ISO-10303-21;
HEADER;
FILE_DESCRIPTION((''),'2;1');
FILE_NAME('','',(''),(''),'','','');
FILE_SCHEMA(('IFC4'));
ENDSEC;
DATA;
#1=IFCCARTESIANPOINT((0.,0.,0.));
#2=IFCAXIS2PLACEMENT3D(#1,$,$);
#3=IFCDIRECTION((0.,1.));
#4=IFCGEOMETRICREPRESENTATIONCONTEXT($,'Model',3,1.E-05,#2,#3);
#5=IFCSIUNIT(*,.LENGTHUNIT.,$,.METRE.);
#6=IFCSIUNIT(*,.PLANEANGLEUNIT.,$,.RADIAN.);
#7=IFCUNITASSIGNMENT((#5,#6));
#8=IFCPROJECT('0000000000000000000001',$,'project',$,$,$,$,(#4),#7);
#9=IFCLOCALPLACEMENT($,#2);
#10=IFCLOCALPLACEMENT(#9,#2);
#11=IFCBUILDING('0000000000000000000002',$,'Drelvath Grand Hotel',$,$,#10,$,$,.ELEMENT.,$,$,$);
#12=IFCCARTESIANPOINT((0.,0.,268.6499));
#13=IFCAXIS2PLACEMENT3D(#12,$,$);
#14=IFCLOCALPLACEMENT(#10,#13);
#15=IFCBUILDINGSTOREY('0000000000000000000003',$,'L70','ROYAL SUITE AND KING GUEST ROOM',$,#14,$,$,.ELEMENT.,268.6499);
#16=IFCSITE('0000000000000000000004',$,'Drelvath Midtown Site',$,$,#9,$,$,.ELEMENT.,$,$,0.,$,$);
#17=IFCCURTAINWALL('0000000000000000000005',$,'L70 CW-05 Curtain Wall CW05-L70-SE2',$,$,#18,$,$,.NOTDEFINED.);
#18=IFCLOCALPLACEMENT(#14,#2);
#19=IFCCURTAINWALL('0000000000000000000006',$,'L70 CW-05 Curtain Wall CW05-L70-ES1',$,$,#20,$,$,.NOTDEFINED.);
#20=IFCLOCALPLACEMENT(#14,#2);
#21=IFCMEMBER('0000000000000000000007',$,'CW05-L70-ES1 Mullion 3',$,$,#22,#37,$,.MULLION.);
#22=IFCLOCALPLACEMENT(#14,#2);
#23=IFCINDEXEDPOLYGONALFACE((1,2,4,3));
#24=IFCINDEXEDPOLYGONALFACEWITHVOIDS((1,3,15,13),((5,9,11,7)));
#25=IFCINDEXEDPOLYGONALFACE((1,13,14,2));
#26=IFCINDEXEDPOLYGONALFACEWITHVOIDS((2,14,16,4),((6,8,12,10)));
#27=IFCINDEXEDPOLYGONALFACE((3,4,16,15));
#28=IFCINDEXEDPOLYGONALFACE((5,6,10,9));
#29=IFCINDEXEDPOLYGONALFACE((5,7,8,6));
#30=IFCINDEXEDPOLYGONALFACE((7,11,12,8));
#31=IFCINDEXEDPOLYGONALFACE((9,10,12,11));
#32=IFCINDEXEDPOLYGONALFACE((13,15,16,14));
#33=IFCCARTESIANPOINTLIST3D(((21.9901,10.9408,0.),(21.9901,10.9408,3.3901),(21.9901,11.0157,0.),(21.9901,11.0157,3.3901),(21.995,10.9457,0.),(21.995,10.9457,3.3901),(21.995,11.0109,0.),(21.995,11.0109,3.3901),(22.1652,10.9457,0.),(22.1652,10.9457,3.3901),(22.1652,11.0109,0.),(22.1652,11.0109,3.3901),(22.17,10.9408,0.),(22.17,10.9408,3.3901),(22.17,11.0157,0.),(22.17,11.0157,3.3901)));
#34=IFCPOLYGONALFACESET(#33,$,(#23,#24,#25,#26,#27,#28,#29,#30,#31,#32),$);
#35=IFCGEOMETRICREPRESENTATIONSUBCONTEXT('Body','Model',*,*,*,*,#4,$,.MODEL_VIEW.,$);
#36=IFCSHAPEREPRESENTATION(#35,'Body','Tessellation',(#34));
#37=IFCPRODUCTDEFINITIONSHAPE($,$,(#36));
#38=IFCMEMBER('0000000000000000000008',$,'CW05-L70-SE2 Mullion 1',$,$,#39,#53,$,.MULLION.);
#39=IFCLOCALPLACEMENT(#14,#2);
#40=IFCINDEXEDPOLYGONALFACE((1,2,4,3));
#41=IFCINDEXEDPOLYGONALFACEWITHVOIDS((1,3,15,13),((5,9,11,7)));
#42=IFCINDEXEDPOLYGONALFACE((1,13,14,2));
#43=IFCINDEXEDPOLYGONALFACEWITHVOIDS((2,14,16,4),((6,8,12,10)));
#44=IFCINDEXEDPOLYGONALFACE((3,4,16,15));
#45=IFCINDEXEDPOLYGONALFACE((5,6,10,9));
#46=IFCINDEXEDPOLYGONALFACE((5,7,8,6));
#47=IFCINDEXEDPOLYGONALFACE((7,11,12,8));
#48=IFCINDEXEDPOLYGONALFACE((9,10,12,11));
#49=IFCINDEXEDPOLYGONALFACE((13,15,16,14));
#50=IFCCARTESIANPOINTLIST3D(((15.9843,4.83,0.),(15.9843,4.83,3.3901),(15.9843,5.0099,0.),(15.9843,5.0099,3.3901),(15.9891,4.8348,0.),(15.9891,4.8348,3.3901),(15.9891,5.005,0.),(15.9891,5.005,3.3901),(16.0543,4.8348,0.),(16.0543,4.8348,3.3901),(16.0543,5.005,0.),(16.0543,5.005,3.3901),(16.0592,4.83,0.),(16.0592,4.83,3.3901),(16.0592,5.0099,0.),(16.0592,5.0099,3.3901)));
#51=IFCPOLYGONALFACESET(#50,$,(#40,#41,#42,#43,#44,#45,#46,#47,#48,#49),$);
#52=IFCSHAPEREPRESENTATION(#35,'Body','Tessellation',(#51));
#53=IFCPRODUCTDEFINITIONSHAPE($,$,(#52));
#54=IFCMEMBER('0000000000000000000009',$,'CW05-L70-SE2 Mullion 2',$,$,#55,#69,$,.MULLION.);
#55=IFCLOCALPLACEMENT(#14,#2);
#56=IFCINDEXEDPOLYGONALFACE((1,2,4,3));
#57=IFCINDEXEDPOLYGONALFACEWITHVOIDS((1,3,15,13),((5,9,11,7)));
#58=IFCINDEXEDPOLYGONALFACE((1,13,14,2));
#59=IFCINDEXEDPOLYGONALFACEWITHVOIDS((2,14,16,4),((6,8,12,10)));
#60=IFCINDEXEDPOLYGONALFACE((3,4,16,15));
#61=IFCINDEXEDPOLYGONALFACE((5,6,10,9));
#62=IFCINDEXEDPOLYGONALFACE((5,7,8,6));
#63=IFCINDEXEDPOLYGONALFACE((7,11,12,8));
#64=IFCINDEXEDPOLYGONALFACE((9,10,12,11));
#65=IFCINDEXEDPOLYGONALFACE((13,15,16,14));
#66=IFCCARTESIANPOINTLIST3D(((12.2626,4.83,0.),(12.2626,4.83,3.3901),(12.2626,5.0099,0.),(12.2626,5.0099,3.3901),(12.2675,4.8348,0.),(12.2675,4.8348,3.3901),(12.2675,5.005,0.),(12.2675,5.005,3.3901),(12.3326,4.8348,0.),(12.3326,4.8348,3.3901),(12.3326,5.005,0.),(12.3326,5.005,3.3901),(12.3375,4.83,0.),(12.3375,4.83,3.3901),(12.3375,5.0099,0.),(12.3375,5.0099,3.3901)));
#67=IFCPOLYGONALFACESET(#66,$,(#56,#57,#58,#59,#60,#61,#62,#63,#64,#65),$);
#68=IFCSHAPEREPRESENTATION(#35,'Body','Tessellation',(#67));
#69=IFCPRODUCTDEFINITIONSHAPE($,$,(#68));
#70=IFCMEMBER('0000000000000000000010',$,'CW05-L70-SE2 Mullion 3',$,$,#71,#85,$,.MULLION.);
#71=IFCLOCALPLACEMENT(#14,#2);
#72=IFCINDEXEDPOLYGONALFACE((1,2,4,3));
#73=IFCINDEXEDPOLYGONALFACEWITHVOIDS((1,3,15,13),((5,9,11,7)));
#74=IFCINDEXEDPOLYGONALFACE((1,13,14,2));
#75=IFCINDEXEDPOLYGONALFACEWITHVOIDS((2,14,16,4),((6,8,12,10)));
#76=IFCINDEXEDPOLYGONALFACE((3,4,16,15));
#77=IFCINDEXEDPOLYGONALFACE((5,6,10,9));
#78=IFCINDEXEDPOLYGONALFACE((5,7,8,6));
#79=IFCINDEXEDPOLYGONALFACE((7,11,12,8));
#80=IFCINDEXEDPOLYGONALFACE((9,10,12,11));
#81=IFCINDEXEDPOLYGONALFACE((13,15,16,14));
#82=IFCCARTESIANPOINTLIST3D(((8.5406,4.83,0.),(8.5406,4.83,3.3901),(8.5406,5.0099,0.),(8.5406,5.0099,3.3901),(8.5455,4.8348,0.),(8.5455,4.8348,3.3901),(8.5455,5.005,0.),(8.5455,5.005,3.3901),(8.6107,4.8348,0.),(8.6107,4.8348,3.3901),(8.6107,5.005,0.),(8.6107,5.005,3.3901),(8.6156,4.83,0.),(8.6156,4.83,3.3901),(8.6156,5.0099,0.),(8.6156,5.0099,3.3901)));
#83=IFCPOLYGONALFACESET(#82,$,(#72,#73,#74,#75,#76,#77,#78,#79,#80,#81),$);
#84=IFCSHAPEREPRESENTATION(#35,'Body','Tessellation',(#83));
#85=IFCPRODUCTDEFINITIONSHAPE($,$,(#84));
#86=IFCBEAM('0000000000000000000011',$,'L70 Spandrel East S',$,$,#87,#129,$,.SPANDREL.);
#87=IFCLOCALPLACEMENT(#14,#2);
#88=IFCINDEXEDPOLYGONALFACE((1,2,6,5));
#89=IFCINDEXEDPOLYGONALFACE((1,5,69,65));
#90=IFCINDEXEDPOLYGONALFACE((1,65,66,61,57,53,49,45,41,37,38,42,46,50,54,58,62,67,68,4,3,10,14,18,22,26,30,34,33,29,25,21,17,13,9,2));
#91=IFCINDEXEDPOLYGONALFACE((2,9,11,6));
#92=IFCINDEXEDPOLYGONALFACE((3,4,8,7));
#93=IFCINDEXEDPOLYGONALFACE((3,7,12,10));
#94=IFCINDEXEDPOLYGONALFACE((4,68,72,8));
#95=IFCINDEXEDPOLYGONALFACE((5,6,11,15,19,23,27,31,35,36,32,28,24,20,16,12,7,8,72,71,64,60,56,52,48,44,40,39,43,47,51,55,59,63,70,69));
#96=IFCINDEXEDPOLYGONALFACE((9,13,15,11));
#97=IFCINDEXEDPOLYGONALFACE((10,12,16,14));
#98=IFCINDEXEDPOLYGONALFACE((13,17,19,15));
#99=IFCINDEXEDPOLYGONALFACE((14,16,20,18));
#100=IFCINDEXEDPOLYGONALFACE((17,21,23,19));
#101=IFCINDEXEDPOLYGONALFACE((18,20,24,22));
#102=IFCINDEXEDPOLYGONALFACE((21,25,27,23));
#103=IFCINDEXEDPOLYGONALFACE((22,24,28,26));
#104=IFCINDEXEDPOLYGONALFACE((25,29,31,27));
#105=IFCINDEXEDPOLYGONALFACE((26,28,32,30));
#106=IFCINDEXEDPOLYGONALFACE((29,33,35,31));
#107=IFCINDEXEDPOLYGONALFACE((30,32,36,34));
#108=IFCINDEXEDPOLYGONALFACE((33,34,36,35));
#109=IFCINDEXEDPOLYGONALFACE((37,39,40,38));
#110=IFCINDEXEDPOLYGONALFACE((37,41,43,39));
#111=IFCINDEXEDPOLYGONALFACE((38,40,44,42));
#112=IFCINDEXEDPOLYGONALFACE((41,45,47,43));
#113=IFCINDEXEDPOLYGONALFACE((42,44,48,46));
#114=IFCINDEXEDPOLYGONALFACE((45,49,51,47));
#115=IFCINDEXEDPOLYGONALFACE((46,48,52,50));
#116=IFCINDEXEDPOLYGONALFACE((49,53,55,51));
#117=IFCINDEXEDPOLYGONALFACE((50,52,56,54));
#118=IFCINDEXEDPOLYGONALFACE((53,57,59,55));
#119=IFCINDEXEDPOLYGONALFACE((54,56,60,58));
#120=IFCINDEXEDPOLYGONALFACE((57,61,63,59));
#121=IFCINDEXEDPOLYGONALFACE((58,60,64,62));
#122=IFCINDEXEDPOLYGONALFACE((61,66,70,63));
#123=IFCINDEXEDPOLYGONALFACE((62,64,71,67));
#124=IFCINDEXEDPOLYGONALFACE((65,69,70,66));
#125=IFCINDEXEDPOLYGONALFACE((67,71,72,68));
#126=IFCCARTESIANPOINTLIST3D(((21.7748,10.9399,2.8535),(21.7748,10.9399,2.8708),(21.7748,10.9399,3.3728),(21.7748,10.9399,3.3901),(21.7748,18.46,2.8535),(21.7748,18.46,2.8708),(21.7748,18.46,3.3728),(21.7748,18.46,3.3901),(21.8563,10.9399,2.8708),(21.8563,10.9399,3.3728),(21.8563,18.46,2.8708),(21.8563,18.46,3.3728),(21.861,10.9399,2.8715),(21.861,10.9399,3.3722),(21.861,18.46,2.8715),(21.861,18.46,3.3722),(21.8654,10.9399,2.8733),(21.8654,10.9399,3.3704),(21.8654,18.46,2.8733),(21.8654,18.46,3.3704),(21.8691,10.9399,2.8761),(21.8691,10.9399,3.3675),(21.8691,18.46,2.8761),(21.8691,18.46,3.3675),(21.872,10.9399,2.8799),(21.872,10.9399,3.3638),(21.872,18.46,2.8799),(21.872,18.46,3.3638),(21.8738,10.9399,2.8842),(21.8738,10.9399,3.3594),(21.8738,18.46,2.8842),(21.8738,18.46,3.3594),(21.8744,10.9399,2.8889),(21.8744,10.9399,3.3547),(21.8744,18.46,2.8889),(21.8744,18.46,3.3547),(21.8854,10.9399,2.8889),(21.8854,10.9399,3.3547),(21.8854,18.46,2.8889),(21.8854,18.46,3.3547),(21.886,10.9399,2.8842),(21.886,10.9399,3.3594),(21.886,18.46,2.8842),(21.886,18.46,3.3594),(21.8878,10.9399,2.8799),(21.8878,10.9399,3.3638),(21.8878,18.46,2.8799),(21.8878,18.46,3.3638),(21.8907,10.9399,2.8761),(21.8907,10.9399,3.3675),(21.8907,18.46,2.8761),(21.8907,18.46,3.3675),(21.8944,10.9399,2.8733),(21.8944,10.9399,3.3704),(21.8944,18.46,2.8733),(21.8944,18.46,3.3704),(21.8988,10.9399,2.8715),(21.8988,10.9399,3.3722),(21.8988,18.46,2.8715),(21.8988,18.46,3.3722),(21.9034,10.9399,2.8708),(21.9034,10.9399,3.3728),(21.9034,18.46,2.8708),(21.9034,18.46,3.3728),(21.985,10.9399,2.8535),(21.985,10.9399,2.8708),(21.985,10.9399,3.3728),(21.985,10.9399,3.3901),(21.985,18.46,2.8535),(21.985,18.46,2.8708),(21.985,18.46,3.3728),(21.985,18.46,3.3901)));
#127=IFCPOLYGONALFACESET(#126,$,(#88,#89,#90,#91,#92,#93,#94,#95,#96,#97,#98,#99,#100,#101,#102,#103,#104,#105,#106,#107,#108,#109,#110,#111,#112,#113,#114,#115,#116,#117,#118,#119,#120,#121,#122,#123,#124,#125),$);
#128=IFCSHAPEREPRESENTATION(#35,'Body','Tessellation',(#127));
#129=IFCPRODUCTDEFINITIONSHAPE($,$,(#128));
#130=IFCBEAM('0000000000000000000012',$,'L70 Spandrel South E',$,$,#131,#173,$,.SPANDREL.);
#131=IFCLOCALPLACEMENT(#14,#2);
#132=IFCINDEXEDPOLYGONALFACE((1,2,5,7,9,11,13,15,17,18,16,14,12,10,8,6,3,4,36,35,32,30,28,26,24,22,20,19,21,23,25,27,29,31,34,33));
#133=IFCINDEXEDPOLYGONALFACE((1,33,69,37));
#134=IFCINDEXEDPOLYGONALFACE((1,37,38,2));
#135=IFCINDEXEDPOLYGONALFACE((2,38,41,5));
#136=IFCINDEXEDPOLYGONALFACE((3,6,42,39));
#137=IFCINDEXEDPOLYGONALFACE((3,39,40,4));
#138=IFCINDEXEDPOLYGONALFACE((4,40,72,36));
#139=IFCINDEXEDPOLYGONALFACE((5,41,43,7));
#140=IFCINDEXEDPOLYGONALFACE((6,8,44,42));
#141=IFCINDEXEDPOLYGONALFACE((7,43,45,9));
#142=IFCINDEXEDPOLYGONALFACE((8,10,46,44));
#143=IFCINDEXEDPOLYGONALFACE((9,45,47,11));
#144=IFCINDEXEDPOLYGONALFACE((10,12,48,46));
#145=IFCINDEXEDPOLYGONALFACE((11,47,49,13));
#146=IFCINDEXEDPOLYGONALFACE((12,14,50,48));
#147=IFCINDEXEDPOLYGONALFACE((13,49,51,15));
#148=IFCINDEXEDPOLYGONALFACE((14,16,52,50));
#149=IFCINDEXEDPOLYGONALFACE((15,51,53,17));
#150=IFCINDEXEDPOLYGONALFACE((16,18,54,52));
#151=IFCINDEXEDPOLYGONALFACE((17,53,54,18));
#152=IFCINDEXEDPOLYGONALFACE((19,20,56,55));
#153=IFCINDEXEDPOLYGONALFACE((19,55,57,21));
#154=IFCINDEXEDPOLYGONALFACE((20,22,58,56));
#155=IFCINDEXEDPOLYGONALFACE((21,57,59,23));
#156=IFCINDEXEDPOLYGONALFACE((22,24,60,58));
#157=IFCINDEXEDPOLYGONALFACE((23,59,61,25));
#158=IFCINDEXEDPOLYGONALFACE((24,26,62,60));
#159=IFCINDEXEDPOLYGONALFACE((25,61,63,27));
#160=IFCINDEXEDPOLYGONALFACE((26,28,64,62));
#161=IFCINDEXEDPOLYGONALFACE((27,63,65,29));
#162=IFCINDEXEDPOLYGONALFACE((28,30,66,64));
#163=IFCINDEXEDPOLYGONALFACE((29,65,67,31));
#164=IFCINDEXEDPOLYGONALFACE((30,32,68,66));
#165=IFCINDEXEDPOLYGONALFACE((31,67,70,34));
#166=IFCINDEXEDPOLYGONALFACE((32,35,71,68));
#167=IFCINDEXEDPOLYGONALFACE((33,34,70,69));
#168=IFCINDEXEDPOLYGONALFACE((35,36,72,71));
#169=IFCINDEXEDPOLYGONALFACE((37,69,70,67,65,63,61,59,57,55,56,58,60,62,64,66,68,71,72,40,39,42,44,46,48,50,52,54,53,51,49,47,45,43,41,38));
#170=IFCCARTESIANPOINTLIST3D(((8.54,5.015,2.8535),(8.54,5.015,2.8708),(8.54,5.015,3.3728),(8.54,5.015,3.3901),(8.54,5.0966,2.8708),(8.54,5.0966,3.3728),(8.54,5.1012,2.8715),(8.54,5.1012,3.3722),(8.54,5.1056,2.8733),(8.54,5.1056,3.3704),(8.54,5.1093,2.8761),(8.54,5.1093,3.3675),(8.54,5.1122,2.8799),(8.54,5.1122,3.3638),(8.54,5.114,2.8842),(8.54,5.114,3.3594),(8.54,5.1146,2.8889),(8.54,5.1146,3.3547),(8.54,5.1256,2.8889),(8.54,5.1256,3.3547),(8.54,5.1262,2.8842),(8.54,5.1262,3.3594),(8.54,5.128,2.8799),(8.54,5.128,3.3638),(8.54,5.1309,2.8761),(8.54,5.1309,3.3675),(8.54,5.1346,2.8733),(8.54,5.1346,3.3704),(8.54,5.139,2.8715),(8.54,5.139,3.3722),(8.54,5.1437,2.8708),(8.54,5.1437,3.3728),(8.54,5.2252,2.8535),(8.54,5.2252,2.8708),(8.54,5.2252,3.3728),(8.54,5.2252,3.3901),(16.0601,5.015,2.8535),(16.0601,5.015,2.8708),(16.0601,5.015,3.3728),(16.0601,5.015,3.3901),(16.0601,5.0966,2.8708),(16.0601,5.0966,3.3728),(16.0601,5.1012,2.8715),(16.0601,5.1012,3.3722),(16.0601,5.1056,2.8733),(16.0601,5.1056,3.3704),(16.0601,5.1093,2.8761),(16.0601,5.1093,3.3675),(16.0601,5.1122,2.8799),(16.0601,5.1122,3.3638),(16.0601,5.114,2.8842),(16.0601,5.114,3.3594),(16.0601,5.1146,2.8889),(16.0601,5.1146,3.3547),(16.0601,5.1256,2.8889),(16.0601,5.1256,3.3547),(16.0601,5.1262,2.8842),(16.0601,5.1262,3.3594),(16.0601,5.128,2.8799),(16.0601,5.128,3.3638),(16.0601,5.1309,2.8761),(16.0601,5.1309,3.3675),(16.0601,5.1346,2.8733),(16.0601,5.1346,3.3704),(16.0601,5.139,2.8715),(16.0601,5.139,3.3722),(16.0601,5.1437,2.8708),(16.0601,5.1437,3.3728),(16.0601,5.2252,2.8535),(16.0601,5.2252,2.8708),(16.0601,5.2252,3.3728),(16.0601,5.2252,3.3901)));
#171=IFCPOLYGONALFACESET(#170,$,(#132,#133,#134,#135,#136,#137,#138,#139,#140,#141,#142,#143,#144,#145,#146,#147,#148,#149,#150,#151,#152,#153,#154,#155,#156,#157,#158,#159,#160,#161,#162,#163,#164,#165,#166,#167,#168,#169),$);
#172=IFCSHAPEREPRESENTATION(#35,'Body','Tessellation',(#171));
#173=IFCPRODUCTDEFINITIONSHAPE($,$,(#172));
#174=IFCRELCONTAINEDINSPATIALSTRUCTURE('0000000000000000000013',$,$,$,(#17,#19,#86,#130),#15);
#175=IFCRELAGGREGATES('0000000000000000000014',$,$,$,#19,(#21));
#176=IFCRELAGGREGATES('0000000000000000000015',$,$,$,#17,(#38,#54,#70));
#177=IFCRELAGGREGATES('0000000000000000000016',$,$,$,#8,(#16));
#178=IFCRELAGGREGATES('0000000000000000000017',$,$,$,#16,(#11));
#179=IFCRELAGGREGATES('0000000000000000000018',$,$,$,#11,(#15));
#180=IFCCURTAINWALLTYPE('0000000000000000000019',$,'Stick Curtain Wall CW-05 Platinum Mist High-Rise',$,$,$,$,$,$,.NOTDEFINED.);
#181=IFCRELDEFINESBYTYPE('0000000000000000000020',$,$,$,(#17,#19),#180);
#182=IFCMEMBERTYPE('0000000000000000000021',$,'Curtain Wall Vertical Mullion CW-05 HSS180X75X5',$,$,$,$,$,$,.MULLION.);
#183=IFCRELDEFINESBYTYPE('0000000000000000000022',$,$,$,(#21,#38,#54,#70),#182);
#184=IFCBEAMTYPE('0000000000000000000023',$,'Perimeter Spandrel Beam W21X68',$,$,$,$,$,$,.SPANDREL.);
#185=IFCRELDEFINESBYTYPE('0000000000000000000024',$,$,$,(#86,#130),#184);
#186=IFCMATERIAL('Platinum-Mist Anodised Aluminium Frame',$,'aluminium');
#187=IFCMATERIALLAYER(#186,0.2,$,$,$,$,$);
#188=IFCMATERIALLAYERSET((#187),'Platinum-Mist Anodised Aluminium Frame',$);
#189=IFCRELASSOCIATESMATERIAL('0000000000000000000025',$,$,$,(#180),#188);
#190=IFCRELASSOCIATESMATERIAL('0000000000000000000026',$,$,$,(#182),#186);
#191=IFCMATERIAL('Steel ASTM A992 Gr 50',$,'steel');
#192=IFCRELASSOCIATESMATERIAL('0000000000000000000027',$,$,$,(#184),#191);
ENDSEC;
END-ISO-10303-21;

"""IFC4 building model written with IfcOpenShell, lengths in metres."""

from ifc_helpers import new_model, si_unit, direction, frame, origin, origin_2d, place, context, subcontext, project, spatial, hollow_rectangle, i_section, extrude, material, layer, layer_set, material_profile, profile_set, type_object, element, aggregate, save


model = new_model("IFC4")

# Units and contexts
model_context = context("Model", 3, precision=1e-05, world=origin(), true_north=direction((0.0, 1.0)))
body_context = subcontext(model_context, "Body", "Model", "MODEL_VIEW")
ifc_project = project(units=[si_unit("LENGTHUNIT", "METRE"), si_unit("PLANEANGLEUNIT", "RADIAN")], contexts=[model_context])

# Site, building, storey
site_placement = place(None, origin())
site = spatial("IfcSite", under=ifc_project, at=site_placement, Name="Drelvath Midtown Site", CompositionType="ELEMENT", RefElevation=0.0)
building_placement = place(site_placement, origin())
building = spatial("IfcBuilding", under=site, at=building_placement, Name="Drelvath Grand Hotel", CompositionType="ELEMENT")
storey_placement = place(building_placement, frame((0.0, 0.0, 268.6499)))
storey = spatial("IfcBuildingStorey", under=building, at=storey_placement, Name="L70", Description="ROYAL SUITE AND KING GUEST ROOM", CompositionType="ELEMENT", Elevation=268.6499)

# Shared definitions
ifc_material_1 = material(Name="Steel ASTM A992 Gr 50", Category="steel")

# Curtain walls, member
ifc_material_2 = material(Name="Platinum-Mist Anodised Aluminium Frame", Category="aluminium")
ifc_layer_1 = layer(ifc_material_2, 0.2)
ifc_layer_set_1 = layer_set([ifc_layer_1], Name="Platinum-Mist Anodised Aluminium Frame")
curtain_wall_type = type_object("IfcCurtainWallType", Name="Stick Curtain Wall CW-05 Platinum Mist High-Rise", PredefinedType="NOTDEFINED", material=ifc_layer_set_1)
curtain_wall_1_placement = place(storey_placement, origin())
curtain_wall_1 = element("IfcCurtainWall", 1, at=curtain_wall_1_placement, inside=storey, type_object=curtain_wall_type, Name="L70 CW-05 Curtain Wall CW05-L70-SE2", PredefinedType="NOTDEFINED")
curtain_wall_2_placement = place(storey_placement, origin())
curtain_wall_2 = element("IfcCurtainWall", 2, at=curtain_wall_2_placement, inside=storey, type_object=curtain_wall_type, Name="L70 CW-05 Curtain Wall CW05-L70-ES1", PredefinedType="NOTDEFINED")
ifc_material_profile_1 = material_profile(ifc_material_2, hollow_rectangle(XDim=0.075, YDim=0.1799, WallThickness=0.0049, at=origin_2d()), Name="HSS180X75X5")
ifc_profile_set_1 = profile_set([ifc_material_profile_1], Name="Platinum-Mist Anodised Aluminium Frame")
member_type_1 = type_object("IfcMemberType", Name="Curtain Wall Vertical Mullion CW-05 HSS180X75X5", PredefinedType="MULLION", material=ifc_profile_set_1)
member_1_placement = place(storey_placement, frame((22.0801, 10.9783, 0.0), z_axis=(0.0, 0.0, 1.0), x_axis=(0.0, 1.0, 0.0)))
member_1 = element("IfcMember", 3, at=member_1_placement, type_object=member_type_1, Name="CW05-L70-ES1 Mullion 3", PredefinedType="MULLION", context=body_context, shape_type="SweptSolid", body=[
    extrude(hollow_rectangle(XDim=0.075, YDim=0.1799, WallThickness=0.0049, at=origin_2d()), origin(), (0.0, 0.0, 1.0), 3.3901),
])

# Members
member_2_placement = place(storey_placement, frame((16.0217, 4.9199, 0.0), z_axis=(0.0, 0.0, 1.0), x_axis=(1.0, 0.0, 0.0)))
member_2 = element("IfcMember", 4, at=member_2_placement, type_object=member_type_1, Name="CW05-L70-SE2 Mullion 1", PredefinedType="MULLION", context=body_context, shape_type="SweptSolid", body=[
    extrude(hollow_rectangle(XDim=0.075, YDim=0.1799, WallThickness=0.0049, at=origin_2d()), origin(), (0.0, 0.0, 1.0), 3.3901),
])
member_3_placement = place(storey_placement, frame((12.3, 4.9199, 0.0), z_axis=(0.0, 0.0, 1.0), x_axis=(1.0, 0.0, 0.0)))
member_3 = element("IfcMember", 5, at=member_3_placement, type_object=member_type_1, Name="CW05-L70-SE2 Mullion 2", PredefinedType="MULLION", context=body_context, shape_type="SweptSolid", body=[
    extrude(hollow_rectangle(XDim=0.075, YDim=0.1799, WallThickness=0.0049, at=origin_2d()), origin(), (0.0, 0.0, 1.0), 3.3901),
])
member_4_placement = place(storey_placement, frame((8.5781, 4.9199, 0.0), z_axis=(0.0, 0.0, 1.0), x_axis=(1.0, 0.0, 0.0)))
member_4 = element("IfcMember", 6, at=member_4_placement, type_object=member_type_1, Name="CW05-L70-SE2 Mullion 3", PredefinedType="MULLION", context=body_context, shape_type="SweptSolid", body=[
    extrude(hollow_rectangle(XDim=0.075, YDim=0.1799, WallThickness=0.0049, at=origin_2d()), origin(), (0.0, 0.0, 1.0), 3.3901),
])

# Beams
ifc_material_profile_2 = material_profile(ifc_material_1, i_section(OverallWidth=0.2102, OverallDepth=0.5366, WebThickness=0.011, FlangeThickness=0.0173, FilletRadius=0.0181, at=origin_2d()), Name="W21X68")
ifc_profile_set_2 = profile_set([ifc_material_profile_2], Name="Steel ASTM A992 Gr 50")
beam_type_1 = type_object("IfcBeamType", Name="Perimeter Spandrel Beam W21X68", PredefinedType="SPANDREL", material=ifc_profile_set_2)
for number, where, z_axis, x_axis, name in (
    (7, (21.8799, 10.9399, 3.1218), (0.0, 1.0, 0.0), (-1.0, 0.0, 0.0), "L70 Spandrel East S"),
    (8, (8.54, 5.1201, 3.1218), (1.0, 0.0, 0.0), (0.0, 1.0, 0.0), "L70 Spandrel South E"),
):
    element("IfcBeam", number, at=place(storey_placement, frame(where, z_axis=z_axis, x_axis=x_axis)), inside=storey, type_object=beam_type_1, Name=name, PredefinedType="SPANDREL", context=body_context, shape_type="SweptSolid", body=[
        extrude(i_section(OverallWidth=0.2102, OverallDepth=0.5366, WebThickness=0.011, FlangeThickness=0.0173, FilletRadius=0.0181, at=origin_2d()), origin(), (0.0, 0.0, 1.0), 7.52),
    ])

aggregate(curtain_wall_2, [member_1])
aggregate(curtain_wall_1, [member_2, member_3, member_4])

save(model, "model.ifc")
